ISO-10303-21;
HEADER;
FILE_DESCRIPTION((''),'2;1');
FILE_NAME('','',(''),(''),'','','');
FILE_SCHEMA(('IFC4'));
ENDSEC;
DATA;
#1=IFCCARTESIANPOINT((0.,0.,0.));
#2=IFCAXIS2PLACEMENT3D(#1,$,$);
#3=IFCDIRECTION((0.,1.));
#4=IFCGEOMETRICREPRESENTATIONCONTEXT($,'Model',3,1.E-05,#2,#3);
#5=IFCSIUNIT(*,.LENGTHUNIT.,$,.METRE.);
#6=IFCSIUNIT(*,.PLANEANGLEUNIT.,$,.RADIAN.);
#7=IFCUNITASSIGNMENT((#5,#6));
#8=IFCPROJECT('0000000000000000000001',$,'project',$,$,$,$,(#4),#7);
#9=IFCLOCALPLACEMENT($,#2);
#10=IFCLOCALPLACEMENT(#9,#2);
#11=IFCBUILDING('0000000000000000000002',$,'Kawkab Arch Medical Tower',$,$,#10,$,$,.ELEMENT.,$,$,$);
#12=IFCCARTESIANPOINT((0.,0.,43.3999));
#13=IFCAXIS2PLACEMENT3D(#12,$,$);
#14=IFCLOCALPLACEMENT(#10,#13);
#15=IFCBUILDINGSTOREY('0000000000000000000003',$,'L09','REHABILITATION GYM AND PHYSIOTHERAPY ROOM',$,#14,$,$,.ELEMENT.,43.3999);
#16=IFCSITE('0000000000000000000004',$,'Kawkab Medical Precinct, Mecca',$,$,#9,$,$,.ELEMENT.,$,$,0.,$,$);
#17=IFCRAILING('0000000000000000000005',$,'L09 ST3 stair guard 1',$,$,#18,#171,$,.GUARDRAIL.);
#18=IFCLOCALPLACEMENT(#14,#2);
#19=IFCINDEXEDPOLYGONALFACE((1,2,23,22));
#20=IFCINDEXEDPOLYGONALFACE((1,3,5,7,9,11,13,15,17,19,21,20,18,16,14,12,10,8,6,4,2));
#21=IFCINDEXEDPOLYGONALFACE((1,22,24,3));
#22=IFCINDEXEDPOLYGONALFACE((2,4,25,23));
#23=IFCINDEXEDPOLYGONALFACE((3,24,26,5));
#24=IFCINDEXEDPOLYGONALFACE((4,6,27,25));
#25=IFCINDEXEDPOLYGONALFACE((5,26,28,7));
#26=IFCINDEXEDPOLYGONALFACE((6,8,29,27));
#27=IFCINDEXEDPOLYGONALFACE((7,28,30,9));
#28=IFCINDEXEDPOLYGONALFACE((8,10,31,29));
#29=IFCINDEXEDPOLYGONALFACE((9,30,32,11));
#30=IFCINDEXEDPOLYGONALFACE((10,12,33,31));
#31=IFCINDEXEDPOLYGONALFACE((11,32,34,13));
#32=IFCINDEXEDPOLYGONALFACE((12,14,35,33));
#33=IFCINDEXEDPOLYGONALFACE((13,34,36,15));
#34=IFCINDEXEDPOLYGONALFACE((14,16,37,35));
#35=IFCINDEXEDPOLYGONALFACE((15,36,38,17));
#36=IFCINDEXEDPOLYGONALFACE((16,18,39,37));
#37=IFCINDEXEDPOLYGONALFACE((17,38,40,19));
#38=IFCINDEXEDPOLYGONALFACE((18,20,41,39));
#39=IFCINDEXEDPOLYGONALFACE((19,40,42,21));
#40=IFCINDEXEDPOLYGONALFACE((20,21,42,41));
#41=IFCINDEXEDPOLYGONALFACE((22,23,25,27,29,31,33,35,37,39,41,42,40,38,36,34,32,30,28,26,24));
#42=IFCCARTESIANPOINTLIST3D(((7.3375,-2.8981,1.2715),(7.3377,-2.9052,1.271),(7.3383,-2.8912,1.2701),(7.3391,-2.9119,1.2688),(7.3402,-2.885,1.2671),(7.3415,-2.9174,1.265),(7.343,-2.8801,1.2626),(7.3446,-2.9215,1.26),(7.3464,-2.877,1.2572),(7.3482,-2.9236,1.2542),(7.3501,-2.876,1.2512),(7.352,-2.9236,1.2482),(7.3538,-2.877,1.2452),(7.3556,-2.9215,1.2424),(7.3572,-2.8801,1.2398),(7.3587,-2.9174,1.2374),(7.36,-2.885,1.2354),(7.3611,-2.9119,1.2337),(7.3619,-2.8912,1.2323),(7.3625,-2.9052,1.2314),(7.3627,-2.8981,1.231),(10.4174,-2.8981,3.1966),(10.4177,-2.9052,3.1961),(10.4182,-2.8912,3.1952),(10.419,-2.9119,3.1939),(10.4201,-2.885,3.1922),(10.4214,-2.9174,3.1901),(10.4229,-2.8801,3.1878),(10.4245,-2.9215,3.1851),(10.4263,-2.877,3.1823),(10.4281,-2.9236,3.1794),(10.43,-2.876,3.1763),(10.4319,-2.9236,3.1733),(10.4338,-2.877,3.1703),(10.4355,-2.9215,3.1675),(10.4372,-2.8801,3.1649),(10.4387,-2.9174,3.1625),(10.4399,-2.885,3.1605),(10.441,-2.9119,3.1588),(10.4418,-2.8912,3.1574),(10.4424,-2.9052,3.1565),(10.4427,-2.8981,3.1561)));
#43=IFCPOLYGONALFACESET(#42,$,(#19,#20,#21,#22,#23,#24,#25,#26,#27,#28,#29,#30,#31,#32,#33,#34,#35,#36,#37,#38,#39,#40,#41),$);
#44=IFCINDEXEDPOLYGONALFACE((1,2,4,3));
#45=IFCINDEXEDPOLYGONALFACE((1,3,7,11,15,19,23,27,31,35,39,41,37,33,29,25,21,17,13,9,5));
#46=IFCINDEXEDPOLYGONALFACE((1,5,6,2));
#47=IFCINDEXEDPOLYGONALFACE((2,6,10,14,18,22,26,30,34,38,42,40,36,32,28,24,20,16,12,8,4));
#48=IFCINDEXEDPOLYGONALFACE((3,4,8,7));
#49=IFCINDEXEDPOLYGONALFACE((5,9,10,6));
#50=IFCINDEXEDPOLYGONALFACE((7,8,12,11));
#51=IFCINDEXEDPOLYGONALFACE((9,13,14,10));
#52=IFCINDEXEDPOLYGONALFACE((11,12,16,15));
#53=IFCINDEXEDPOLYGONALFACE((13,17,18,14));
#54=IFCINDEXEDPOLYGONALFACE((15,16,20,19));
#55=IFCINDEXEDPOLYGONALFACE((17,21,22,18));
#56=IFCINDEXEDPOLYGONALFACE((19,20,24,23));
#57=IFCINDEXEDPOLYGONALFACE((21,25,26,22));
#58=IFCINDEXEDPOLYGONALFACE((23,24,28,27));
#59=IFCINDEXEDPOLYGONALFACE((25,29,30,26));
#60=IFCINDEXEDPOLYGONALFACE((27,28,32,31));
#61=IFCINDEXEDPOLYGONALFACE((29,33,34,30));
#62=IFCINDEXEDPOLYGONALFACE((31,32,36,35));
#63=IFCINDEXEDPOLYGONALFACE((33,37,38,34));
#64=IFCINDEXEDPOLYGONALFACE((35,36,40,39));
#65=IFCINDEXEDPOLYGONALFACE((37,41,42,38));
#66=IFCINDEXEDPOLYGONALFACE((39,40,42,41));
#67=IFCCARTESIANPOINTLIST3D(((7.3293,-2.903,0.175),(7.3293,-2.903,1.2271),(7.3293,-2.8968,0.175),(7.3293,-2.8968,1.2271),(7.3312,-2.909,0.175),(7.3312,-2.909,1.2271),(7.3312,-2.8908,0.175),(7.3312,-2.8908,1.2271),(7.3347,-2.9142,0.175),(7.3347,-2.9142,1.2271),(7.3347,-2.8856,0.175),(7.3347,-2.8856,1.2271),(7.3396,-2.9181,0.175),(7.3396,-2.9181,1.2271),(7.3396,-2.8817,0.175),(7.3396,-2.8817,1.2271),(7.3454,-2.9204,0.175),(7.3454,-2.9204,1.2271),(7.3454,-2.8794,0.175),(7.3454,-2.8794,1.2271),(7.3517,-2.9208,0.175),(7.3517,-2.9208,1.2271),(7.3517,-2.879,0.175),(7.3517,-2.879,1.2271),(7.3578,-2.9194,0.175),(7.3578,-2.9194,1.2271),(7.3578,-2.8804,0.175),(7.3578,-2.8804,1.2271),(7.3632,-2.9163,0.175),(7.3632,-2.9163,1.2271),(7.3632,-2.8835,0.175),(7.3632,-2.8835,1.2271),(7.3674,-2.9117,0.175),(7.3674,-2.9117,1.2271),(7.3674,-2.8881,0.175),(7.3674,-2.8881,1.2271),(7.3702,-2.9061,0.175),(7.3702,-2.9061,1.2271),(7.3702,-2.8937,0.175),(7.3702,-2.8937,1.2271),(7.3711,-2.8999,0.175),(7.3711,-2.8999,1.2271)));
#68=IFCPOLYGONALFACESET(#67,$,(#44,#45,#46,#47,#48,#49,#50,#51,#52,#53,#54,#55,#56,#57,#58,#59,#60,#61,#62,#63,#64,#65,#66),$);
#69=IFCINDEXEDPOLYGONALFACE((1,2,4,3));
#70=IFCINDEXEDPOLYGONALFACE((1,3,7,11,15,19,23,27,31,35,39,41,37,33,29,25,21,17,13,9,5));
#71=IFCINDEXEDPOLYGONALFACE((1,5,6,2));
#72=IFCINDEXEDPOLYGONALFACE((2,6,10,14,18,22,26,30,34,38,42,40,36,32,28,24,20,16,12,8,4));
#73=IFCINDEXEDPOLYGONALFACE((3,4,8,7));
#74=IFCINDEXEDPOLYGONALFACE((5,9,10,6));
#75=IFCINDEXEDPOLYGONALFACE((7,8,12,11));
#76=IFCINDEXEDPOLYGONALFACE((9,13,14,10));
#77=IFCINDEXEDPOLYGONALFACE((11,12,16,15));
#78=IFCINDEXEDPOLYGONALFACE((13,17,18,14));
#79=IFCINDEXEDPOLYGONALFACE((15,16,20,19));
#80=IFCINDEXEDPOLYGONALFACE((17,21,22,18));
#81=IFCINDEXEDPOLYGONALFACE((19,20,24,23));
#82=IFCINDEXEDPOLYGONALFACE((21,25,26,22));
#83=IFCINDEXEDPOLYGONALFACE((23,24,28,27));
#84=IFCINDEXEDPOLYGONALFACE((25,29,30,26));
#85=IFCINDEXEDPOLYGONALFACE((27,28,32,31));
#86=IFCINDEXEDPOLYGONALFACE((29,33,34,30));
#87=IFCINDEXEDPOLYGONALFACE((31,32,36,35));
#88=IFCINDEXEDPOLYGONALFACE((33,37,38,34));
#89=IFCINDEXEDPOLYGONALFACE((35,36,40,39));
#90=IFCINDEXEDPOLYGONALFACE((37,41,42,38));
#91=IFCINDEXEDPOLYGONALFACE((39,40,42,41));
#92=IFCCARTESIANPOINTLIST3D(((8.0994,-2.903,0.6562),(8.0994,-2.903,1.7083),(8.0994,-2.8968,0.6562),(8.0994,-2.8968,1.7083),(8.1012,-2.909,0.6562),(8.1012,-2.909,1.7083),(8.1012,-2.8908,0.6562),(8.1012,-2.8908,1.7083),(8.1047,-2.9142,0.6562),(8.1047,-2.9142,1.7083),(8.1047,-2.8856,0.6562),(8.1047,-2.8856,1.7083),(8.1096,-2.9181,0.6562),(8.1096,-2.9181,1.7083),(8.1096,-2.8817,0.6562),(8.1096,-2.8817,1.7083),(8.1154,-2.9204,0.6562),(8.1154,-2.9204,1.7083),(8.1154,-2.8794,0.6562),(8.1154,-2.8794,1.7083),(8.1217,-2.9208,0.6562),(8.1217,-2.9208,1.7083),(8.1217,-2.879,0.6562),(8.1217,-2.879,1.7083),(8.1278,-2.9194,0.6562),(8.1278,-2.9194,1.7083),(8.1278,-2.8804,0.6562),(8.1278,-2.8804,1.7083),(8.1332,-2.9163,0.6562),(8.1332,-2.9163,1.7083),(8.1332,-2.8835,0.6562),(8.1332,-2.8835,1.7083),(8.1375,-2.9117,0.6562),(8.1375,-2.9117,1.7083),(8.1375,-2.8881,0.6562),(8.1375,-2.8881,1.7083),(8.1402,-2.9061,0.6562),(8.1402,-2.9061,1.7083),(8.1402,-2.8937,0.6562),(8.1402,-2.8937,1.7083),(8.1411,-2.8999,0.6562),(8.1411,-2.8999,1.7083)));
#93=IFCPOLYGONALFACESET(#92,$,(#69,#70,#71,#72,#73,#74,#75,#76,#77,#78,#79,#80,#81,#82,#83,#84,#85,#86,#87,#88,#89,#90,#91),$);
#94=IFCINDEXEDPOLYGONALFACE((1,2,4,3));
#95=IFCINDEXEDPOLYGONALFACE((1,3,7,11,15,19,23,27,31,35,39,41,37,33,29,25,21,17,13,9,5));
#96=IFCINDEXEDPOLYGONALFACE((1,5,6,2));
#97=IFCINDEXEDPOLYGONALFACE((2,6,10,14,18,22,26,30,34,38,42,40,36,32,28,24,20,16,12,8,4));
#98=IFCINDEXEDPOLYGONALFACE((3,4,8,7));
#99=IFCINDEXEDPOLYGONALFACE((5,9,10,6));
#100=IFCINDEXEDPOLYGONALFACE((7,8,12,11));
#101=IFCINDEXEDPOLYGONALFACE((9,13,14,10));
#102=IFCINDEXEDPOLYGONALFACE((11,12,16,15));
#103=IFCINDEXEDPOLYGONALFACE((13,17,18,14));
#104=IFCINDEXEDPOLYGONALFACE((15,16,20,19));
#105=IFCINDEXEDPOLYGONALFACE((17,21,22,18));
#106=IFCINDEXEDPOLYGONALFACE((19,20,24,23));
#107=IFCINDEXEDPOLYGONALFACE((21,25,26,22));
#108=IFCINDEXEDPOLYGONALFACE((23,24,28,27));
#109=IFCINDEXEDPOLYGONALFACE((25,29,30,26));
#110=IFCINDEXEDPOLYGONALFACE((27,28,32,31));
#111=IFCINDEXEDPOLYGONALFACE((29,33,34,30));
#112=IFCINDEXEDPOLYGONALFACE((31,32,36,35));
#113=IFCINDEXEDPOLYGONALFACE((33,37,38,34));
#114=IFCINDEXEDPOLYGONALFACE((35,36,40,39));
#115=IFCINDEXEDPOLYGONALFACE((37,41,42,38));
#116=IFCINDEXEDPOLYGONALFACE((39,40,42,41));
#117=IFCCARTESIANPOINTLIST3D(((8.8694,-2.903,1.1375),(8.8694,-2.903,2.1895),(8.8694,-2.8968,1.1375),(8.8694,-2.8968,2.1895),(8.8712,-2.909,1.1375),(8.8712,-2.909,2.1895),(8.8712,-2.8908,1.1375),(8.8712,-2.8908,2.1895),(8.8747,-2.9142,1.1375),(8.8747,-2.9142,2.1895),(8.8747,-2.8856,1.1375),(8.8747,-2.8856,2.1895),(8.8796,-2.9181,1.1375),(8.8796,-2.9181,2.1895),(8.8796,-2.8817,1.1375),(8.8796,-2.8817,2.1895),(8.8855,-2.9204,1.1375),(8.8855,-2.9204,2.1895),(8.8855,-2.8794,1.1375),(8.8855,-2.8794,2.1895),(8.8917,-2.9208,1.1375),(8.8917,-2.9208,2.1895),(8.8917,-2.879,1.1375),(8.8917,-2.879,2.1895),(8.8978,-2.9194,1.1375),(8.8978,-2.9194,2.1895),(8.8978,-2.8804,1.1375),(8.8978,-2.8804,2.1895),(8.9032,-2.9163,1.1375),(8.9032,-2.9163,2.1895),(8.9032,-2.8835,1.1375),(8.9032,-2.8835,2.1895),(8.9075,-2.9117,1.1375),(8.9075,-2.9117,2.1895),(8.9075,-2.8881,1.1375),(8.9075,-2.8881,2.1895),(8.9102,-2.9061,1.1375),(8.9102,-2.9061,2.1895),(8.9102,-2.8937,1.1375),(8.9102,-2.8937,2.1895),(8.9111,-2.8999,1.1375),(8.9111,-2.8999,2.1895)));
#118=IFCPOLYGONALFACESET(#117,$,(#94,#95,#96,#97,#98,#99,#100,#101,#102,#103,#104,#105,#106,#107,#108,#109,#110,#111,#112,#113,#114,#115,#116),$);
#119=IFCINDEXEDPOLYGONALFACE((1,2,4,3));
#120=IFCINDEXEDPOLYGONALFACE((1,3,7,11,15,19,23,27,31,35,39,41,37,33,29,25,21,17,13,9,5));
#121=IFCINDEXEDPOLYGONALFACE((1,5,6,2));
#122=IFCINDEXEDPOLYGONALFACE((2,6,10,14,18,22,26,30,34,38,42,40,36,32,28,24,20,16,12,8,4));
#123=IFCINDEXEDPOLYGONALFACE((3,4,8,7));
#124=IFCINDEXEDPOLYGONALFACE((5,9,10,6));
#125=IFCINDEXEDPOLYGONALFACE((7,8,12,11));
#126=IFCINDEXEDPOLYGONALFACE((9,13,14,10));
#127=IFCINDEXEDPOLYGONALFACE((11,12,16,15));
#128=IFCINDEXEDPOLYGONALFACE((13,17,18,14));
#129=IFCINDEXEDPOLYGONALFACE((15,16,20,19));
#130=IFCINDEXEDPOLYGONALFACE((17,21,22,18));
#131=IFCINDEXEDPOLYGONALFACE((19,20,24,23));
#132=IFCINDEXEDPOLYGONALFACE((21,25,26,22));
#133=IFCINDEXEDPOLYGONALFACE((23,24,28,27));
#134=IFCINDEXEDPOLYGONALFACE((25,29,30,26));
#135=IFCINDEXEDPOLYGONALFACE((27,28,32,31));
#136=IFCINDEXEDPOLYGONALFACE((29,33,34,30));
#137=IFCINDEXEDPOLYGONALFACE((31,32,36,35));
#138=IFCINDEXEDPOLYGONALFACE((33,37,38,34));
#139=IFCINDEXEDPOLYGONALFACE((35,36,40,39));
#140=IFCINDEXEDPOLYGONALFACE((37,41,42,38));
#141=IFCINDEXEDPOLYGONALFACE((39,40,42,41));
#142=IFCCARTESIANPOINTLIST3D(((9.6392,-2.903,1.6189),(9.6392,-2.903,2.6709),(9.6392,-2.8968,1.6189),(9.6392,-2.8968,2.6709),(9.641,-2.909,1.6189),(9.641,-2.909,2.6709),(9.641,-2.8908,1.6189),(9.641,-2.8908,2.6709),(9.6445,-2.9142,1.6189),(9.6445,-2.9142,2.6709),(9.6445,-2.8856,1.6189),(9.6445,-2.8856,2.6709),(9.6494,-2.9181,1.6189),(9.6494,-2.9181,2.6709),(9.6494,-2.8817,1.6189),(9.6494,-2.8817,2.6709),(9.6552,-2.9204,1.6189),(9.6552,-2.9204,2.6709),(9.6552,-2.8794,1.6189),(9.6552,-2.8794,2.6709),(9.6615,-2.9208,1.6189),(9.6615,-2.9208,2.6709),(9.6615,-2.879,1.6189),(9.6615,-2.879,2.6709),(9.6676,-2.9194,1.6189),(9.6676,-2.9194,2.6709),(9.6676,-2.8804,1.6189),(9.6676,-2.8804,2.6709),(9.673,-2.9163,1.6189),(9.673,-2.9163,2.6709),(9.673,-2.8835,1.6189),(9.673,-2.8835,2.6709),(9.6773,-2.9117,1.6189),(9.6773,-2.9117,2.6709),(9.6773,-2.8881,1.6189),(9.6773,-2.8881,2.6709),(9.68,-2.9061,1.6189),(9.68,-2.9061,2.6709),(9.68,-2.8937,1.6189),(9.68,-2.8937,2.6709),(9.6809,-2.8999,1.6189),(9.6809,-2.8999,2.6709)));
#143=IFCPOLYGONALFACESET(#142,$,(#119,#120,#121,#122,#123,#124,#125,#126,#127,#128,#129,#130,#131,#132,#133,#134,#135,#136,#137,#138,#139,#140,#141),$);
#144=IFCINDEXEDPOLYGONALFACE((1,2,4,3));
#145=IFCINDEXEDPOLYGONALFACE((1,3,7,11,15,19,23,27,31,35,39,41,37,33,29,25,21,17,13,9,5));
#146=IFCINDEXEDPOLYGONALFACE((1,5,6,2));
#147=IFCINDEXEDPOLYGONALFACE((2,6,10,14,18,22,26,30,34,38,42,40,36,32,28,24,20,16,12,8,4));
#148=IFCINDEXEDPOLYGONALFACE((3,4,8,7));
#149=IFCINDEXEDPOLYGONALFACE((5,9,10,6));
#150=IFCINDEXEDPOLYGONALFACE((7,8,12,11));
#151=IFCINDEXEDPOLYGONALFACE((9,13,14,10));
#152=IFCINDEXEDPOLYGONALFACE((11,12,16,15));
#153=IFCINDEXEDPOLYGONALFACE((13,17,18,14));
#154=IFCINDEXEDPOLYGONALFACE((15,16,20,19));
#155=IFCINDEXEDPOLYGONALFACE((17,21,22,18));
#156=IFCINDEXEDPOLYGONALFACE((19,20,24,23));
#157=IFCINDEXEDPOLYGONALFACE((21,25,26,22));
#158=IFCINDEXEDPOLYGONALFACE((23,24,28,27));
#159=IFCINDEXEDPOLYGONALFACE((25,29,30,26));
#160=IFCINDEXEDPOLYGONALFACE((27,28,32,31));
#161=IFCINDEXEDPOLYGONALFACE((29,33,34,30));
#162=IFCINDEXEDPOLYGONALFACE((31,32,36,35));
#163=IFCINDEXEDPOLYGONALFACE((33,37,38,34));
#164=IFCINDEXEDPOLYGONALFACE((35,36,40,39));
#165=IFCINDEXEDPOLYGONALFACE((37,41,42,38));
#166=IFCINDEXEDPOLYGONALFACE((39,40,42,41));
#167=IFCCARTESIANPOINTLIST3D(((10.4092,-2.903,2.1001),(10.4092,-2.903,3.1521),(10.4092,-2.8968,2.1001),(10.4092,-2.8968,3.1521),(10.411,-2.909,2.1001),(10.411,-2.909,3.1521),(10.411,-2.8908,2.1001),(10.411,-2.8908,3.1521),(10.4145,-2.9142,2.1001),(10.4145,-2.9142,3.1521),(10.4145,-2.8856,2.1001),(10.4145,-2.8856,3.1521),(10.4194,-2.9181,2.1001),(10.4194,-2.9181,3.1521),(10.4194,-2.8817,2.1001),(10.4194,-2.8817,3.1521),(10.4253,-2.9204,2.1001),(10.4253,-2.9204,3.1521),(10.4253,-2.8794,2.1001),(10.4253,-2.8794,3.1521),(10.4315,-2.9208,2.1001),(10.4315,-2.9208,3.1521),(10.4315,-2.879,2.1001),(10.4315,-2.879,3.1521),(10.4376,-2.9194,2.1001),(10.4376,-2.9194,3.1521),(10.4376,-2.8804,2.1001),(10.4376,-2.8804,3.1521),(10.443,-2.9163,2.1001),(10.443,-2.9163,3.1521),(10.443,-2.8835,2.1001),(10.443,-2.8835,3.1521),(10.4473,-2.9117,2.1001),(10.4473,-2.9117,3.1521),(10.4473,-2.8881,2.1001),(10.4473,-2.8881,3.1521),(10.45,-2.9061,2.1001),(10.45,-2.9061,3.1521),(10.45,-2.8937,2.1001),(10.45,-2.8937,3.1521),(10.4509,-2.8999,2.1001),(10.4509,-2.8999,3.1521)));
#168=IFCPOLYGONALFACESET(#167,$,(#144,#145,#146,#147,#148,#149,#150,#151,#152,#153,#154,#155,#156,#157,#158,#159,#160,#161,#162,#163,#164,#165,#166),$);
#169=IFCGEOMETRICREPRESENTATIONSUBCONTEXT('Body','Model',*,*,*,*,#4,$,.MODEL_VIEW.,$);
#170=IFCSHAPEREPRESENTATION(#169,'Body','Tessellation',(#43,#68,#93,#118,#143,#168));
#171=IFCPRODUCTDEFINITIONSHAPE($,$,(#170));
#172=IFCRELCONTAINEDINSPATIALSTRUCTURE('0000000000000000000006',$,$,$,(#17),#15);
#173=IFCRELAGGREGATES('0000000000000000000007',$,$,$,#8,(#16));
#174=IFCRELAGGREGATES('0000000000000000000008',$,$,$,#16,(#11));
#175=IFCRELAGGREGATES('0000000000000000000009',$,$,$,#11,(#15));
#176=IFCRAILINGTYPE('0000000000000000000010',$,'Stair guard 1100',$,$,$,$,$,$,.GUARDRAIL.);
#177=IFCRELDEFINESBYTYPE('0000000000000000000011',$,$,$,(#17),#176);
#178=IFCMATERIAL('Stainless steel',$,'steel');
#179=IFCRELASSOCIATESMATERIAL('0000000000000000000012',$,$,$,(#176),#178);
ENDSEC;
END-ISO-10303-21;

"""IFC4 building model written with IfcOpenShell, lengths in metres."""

from ifc_helpers import new_model, si_unit, direction, frame, origin, origin_2d, place, context, subcontext, project, spatial, circle, extrude, material, type_object, element, save


model = new_model("IFC4")

# Units and contexts
model_context = context("Model", 3, precision=1e-05, world=origin(), true_north=direction((0.0, 1.0)))
body_context = subcontext(model_context, "Body", "Model", "MODEL_VIEW")
ifc_project = project(units=[si_unit("LENGTHUNIT", "METRE"), si_unit("PLANEANGLEUNIT", "RADIAN")], contexts=[model_context])

# Site, building, storey
site_placement = place(None, origin())
site = spatial("IfcSite", under=ifc_project, at=site_placement, Name="Kawkab Medical Precinct, Mecca", CompositionType="ELEMENT", RefElevation=0.0)
building_placement = place(site_placement, origin())
building = spatial("IfcBuilding", under=site, at=building_placement, Name="Kawkab Arch Medical Tower", CompositionType="ELEMENT")
storey_placement = place(building_placement, frame((0.0, 0.0, 43.3999)))
storey = spatial("IfcBuildingStorey", under=building, at=storey_placement, Name="L09", Description="REHABILITATION GYM AND PHYSIOTHERAPY ROOM", CompositionType="ELEMENT", Elevation=43.3999)

# Railing
ifc_material_1 = material(Name="Stainless steel", Category="steel")
railing_type_1 = type_object("IfcRailingType", Name="Stair guard 1100", PredefinedType="GUARDRAIL", material=ifc_material_1)
railing_1_placement = place(storey_placement, frame((7.3501, -2.8999, 0.175)))
element("IfcRailing", 1, at=railing_1_placement, inside=storey, type_object=railing_type_1, Name="L09 ST3 stair guard 1", PredefinedType="GUARDRAIL", context=body_context, shape_type="SweptSolid", body=[
    extrude(circle(Radius=0.0239, at=origin_2d()), frame((0.0, 0.0, 1.0762), z_axis=(0.847979, 0.0, 0.530029), x_axis=(0.0, 1.0, 0.0)), (0.0, 0.0, 1.0), 3.6321),
    extrude(circle(Radius=0.021, at=origin_2d()), origin(), (0.0, 0.0, 1.0), 1.052),
    extrude(circle(Radius=0.021, at=origin_2d()), frame((0.77, 0.0, 0.4812)), (0.0, 0.0, 1.0), 1.052),
    extrude(circle(Radius=0.021, at=origin_2d()), frame((1.54, 0.0, 0.9624)), (0.0, 0.0, 1.0), 1.052),
    extrude(circle(Radius=0.021, at=origin_2d()), frame((2.3098, 0.0, 1.4438)), (0.0, 0.0, 1.0), 1.052),
    extrude(circle(Radius=0.021, at=origin_2d()), frame((3.0798, 0.0, 1.925)), (0.0, 0.0, 1.0), 1.052),
])

save(model, "model.ifc")
